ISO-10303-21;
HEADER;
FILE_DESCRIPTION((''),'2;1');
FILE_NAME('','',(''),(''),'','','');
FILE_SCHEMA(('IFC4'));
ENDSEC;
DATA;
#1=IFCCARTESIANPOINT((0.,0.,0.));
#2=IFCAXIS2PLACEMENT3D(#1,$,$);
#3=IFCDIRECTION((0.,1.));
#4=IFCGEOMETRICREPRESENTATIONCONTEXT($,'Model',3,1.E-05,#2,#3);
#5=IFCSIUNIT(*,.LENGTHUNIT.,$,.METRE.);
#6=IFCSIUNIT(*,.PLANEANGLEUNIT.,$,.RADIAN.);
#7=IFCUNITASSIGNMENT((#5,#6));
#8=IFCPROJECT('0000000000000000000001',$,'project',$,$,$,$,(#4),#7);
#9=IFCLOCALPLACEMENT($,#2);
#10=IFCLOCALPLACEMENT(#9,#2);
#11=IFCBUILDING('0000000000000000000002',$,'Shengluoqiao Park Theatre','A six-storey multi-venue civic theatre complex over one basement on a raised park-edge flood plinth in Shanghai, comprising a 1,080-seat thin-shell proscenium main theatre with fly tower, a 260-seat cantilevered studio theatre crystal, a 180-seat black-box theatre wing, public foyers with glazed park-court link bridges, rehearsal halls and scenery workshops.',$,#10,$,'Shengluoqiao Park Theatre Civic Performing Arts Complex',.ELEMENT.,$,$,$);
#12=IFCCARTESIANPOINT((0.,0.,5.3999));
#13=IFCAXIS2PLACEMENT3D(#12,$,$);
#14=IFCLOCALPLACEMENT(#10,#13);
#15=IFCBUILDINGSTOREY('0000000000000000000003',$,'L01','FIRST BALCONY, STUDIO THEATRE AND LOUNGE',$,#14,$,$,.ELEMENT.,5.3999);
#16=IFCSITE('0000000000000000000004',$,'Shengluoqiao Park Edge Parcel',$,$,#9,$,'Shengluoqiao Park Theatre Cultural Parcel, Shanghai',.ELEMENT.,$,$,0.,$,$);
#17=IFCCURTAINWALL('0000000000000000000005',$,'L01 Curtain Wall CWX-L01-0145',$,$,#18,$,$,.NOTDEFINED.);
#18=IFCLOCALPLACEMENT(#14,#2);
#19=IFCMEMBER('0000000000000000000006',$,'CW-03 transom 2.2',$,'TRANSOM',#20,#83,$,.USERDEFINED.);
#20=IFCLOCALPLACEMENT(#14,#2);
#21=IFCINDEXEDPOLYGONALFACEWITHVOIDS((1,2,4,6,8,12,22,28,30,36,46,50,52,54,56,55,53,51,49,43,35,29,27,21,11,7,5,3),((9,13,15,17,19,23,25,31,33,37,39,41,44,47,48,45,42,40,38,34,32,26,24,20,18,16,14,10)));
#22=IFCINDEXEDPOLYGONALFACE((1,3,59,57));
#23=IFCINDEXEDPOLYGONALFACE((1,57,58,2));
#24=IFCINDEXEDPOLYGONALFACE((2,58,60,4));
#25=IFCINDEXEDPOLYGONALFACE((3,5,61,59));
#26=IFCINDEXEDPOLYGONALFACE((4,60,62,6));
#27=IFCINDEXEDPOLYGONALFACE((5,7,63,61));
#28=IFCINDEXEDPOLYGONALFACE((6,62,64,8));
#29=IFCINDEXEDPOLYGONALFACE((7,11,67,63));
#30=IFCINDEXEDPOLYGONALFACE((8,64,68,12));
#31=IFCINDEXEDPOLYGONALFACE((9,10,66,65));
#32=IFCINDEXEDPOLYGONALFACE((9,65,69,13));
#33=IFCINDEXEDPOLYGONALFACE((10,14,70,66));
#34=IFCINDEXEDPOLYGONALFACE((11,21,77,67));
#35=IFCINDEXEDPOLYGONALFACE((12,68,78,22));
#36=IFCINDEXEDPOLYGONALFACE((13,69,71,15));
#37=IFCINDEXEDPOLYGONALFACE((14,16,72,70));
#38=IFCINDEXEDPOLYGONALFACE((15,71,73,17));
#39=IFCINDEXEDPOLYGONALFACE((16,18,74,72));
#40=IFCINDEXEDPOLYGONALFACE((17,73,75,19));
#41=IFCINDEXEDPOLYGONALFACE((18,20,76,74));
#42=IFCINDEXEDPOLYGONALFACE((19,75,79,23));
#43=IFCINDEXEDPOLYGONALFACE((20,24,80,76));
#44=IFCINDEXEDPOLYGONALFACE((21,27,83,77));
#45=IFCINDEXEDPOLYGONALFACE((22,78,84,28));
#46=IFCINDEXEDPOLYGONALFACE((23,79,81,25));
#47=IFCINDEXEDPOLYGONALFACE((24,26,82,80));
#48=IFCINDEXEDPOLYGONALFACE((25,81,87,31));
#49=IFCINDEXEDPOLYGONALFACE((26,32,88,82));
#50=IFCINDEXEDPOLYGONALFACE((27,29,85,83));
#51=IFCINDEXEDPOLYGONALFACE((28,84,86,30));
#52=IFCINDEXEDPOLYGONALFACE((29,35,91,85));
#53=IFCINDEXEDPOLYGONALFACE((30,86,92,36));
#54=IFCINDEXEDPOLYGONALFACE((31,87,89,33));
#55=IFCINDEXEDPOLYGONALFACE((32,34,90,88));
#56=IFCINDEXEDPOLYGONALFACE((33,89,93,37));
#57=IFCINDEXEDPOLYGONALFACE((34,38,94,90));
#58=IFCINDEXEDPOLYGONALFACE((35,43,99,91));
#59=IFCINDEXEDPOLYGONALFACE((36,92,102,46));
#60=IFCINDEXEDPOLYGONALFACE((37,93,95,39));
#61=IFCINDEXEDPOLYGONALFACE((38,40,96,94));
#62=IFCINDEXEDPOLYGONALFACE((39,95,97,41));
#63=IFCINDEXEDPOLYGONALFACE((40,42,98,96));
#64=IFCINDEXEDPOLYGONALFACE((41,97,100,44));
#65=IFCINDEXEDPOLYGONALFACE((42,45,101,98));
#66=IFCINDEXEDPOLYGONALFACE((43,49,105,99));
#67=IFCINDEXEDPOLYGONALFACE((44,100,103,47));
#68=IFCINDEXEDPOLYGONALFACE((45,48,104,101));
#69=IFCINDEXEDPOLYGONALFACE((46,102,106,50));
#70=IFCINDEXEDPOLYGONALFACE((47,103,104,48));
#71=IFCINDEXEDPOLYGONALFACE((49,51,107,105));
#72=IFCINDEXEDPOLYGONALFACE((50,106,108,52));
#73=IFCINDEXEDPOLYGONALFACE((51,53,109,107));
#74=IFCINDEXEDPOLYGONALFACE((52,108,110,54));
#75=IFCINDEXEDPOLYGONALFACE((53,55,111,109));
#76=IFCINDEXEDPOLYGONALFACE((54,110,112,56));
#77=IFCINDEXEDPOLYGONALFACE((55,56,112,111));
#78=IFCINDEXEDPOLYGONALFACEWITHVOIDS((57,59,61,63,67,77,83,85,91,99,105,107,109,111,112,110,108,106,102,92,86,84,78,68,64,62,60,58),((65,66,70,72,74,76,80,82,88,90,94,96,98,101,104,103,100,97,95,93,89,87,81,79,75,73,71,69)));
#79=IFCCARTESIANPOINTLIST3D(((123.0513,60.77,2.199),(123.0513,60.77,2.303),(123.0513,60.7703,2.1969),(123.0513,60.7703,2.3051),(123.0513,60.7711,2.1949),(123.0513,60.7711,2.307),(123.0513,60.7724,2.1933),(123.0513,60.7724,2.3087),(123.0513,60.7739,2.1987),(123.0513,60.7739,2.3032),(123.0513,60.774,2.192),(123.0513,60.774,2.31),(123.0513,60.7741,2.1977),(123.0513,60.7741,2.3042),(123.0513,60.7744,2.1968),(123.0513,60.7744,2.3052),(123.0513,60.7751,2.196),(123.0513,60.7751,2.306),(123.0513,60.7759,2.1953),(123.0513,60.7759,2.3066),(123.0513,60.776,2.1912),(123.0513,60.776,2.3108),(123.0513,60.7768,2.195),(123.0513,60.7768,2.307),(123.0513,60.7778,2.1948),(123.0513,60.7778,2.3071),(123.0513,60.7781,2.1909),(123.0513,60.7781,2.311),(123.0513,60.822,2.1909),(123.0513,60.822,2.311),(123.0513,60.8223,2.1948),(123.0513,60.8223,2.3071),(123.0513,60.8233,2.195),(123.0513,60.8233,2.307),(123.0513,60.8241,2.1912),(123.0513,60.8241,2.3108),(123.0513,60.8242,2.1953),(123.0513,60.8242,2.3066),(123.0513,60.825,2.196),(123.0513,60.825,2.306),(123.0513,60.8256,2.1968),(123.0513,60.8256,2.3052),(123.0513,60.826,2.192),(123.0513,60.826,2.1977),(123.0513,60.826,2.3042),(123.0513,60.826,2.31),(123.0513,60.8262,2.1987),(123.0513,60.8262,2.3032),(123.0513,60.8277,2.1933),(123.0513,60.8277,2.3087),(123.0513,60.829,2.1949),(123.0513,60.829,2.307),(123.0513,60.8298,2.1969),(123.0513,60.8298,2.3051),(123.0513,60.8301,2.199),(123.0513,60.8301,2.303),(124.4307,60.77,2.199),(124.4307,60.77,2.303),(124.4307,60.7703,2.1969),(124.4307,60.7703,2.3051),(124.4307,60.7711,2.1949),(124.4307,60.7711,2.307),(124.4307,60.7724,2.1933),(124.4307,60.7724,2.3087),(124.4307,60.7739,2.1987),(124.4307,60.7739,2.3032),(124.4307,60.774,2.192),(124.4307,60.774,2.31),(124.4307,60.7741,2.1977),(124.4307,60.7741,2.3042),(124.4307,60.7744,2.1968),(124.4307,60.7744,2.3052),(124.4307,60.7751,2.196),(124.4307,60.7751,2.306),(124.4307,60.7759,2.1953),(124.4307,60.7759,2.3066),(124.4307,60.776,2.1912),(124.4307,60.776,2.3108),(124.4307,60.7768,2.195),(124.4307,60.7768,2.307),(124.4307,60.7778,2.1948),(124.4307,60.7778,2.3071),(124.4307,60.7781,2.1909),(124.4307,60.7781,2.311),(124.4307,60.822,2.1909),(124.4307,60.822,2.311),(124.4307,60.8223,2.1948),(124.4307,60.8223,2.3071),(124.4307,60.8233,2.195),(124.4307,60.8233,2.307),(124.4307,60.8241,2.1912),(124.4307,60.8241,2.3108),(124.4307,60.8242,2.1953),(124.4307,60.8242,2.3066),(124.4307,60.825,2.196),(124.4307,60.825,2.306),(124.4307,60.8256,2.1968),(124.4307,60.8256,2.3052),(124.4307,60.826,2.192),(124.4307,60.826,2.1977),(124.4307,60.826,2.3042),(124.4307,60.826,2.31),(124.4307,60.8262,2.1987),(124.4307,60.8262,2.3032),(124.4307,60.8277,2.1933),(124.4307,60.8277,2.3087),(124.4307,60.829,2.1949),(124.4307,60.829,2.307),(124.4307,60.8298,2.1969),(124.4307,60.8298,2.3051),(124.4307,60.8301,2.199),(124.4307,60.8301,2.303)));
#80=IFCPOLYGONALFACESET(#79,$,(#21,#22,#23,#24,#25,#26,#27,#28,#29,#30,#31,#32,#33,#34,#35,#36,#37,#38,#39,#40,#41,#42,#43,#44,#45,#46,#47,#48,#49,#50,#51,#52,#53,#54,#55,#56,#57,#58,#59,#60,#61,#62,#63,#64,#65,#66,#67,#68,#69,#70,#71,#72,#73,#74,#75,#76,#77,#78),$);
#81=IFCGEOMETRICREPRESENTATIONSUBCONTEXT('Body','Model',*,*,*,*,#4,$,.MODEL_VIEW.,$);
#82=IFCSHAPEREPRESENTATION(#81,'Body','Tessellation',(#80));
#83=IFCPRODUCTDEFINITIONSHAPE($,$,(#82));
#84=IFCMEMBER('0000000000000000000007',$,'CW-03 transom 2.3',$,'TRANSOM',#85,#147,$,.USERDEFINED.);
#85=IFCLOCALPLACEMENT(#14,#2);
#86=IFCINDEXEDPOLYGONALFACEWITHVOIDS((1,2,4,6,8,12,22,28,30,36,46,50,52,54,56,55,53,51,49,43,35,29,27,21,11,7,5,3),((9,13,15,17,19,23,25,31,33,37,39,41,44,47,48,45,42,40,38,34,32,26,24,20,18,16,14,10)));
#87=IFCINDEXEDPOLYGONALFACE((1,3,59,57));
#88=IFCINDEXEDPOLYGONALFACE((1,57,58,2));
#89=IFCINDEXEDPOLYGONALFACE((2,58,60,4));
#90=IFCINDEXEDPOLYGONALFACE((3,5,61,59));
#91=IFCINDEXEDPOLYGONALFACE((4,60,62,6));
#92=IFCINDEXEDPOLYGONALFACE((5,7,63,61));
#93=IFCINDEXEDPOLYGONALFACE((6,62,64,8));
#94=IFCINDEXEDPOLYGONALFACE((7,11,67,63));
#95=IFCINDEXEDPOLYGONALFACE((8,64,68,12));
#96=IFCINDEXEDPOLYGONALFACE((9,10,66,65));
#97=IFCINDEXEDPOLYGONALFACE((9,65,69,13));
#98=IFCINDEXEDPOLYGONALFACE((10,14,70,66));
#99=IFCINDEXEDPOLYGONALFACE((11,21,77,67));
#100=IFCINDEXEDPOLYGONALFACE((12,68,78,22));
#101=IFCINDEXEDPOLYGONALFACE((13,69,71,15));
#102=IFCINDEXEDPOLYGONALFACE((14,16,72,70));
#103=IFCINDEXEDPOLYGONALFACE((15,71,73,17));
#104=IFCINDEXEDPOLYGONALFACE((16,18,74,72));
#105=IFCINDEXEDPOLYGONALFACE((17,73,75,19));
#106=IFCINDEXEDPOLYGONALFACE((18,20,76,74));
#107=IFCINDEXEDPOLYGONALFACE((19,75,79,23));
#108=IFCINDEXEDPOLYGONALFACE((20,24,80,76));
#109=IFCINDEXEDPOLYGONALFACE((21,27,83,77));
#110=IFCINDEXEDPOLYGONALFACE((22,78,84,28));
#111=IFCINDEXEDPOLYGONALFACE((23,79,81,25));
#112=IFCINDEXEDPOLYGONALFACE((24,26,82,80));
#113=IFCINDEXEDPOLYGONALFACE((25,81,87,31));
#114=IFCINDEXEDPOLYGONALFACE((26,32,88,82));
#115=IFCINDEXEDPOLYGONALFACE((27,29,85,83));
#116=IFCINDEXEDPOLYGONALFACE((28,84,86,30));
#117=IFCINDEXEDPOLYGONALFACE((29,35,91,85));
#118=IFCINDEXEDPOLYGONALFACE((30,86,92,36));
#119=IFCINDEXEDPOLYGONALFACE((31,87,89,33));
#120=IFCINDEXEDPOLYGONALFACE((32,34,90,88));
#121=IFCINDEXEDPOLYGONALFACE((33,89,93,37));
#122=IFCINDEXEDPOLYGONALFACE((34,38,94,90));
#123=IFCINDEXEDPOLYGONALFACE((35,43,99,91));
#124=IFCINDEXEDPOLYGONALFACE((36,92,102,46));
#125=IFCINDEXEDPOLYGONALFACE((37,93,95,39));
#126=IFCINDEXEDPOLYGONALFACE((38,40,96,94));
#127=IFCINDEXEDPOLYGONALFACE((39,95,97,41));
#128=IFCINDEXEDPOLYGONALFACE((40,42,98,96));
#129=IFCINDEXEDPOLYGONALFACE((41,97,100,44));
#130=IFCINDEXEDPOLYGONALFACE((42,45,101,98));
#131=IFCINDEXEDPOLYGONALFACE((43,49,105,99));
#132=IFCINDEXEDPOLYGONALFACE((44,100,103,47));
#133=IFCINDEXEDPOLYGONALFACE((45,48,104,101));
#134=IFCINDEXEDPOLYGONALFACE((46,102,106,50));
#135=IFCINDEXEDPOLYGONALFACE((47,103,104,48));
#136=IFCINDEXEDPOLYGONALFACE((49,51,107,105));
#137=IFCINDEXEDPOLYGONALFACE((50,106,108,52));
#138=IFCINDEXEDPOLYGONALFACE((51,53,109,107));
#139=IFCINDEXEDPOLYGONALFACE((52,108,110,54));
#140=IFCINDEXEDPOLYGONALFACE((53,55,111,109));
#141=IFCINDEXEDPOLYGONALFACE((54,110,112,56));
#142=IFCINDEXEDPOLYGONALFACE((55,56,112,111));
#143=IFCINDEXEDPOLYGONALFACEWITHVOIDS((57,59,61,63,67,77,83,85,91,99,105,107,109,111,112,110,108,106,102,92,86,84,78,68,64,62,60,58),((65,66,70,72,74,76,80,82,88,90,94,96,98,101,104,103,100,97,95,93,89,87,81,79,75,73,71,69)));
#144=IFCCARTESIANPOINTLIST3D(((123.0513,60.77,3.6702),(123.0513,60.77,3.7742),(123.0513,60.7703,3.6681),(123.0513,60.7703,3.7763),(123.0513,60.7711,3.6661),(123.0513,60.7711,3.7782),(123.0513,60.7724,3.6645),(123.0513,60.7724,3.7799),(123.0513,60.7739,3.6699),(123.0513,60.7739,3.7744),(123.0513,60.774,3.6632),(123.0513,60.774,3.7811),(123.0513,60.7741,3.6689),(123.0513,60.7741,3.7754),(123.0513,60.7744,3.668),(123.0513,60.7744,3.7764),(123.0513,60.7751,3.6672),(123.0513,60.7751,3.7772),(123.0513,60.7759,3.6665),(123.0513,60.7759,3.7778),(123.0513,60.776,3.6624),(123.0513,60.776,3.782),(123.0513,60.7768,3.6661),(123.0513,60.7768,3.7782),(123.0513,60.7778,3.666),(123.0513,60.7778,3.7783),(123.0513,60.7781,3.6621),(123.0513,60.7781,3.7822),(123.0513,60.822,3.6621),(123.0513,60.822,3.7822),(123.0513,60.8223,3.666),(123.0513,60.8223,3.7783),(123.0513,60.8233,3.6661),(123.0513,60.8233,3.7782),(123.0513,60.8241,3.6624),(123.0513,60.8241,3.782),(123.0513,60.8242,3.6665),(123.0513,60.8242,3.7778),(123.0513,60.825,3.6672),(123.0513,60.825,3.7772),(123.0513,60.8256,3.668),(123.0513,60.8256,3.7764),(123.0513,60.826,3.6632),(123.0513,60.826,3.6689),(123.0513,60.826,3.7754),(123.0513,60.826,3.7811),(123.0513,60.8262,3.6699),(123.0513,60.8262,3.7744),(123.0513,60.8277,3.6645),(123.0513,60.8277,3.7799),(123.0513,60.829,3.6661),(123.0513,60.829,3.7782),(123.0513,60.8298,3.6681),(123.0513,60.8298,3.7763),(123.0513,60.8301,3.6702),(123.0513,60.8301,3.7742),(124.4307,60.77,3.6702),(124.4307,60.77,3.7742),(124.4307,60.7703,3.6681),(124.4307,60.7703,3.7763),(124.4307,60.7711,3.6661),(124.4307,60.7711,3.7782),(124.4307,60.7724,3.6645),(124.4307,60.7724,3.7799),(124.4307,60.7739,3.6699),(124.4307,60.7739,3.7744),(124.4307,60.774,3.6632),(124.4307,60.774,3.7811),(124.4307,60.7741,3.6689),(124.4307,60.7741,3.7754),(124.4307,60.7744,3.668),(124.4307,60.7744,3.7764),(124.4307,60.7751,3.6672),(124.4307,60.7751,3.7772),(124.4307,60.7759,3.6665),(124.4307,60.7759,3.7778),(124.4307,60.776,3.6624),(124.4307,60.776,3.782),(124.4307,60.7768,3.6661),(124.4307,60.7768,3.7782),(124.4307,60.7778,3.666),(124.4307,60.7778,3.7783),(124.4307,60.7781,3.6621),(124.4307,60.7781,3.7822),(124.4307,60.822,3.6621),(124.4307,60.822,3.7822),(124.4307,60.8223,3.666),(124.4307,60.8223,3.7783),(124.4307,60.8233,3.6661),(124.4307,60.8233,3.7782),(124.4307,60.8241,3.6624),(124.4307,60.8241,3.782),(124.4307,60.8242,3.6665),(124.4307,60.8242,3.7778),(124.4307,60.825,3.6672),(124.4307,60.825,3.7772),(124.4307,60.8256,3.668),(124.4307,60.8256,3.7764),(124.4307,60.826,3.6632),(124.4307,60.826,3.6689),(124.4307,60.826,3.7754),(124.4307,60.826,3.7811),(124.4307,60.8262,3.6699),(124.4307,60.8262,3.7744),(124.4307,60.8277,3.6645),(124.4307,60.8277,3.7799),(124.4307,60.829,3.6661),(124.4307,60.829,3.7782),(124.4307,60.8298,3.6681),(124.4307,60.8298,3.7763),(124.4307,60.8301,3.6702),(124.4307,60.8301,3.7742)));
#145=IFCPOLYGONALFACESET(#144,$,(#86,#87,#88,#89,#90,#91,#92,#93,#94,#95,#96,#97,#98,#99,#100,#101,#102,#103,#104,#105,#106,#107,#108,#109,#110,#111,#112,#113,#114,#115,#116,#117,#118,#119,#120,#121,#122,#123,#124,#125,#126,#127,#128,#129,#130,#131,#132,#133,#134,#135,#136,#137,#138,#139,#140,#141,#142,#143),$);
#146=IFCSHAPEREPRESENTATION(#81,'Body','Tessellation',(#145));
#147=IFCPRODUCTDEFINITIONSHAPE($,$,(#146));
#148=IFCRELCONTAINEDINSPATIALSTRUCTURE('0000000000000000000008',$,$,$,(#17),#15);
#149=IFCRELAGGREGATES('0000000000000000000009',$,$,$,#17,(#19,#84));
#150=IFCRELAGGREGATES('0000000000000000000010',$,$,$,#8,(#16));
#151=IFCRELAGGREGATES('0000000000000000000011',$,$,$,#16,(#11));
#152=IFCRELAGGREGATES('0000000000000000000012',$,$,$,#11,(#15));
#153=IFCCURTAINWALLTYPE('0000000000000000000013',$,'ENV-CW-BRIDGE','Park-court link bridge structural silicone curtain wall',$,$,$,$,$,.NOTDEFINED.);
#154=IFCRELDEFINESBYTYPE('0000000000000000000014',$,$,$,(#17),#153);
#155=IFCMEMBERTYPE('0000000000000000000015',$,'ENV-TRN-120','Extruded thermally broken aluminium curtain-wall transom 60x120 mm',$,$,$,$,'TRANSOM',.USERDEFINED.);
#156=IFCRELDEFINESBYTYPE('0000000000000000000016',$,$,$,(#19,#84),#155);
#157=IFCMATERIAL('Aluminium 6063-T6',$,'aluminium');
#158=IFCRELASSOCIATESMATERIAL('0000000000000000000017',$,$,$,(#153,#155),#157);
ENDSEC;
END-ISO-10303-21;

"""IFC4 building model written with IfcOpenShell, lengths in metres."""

from ifc_helpers import new_model, si_unit, direction, frame, origin, origin_2d, place, context, subcontext, project, spatial, hollow_rectangle, extrude, material, material_profile, profile_set, type_object, element, aggregate, save


model = new_model("IFC4")

# Units and contexts
model_context = context("Model", 3, precision=1e-05, world=origin(), true_north=direction((0.0, 1.0)))
body_context = subcontext(model_context, "Body", "Model", "MODEL_VIEW")
ifc_project = project(units=[si_unit("LENGTHUNIT", "METRE"), si_unit("PLANEANGLEUNIT", "RADIAN")], contexts=[model_context])

# Site, building, storey
site_placement = place(None, origin())
site = spatial("IfcSite", under=ifc_project, at=site_placement, Name="Shengluoqiao Park Edge Parcel", LongName="Shengluoqiao Park Theatre Cultural Parcel, Shanghai", CompositionType="ELEMENT", RefElevation=0.0)
building_placement = place(site_placement, origin())
building = spatial("IfcBuilding", under=site, at=building_placement, Name="Shengluoqiao Park Theatre", Description="A six-storey multi-venue civic theatre complex over one basement on a raised park-edge flood plinth in Shanghai, comprising a 1,080-seat thin-shell proscenium main theatre with fly tower, a 260-seat cantilevered studio theatre crystal, a 180-seat black-box theatre wing, public foyers with glazed park-court link bridges, rehearsal halls and scenery workshops.", LongName="Shengluoqiao Park Theatre Civic Performing Arts Complex", CompositionType="ELEMENT")
storey_placement = place(building_placement, frame((0.0, 0.0, 5.3999)))
storey = spatial("IfcBuildingStorey", under=building, at=storey_placement, Name="L01", Description="FIRST BALCONY, STUDIO THEATRE AND LOUNGE", CompositionType="ELEMENT", Elevation=5.3999)

# Curtain wall, members
ifc_material_1 = material(Name="Aluminium 6063-T6", Category="aluminium")
curtain_wall_type = type_object("IfcCurtainWallType", Name="ENV-CW-BRIDGE", Description="Park-court link bridge structural silicone curtain wall", PredefinedType="NOTDEFINED", material=ifc_material_1)
curtain_wall_placement = place(storey_placement, origin())
curtain_wall = element("IfcCurtainWall", 1, at=curtain_wall_placement, inside=storey, type_object=curtain_wall_type, Name="L01 Curtain Wall CWX-L01-0145", PredefinedType="NOTDEFINED")
ifc_material_profile_1 = material_profile(ifc_material_1, hollow_rectangle(XDim=0.0601, YDim=0.1201, WallThickness=0.0039, InnerFilletRadius=0.0039, OuterFilletRadius=0.0081, at=origin_2d()), Name="ALU TRANSOM 120x60x4")
ifc_profile_set_1 = profile_set([ifc_material_profile_1], Name="Aluminium 6063-T6")
member_type_1 = type_object("IfcMemberType", Name="ENV-TRN-120", Description="Extruded thermally broken aluminium curtain-wall transom 60x120 mm", ElementType="TRANSOM", PredefinedType="USERDEFINED", material=ifc_profile_set_1)
member_1_placement = place(storey_placement, frame((123.0513, 60.8, 2.251), z_axis=(1.0, 0.0, 0.0), x_axis=(0.0, 1.0, 0.0)))
member_1 = element("IfcMember", 2, at=member_1_placement, type_object=member_type_1, Name="CW-03 transom 2.2", ObjectType="TRANSOM", PredefinedType="USERDEFINED", context=body_context, shape_type="SweptSolid", body=[
    extrude(hollow_rectangle(XDim=0.0601, YDim=0.1201, WallThickness=0.0039, InnerFilletRadius=0.0039, OuterFilletRadius=0.0081, at=origin_2d()), origin(), (0.0, 0.0, 1.0), 1.3794),
])
member_2_placement = place(storey_placement, frame((123.0513, 60.8, 3.7222), z_axis=(1.0, 0.0, 0.0), x_axis=(0.0, 1.0, 0.0)))
member_2 = element("IfcMember", 3, at=member_2_placement, type_object=member_type_1, Name="CW-03 transom 2.3", ObjectType="TRANSOM", PredefinedType="USERDEFINED", context=body_context, shape_type="SweptSolid", body=[
    extrude(hollow_rectangle(XDim=0.0601, YDim=0.1201, WallThickness=0.0039, InnerFilletRadius=0.0039, OuterFilletRadius=0.0081, at=origin_2d()), origin(), (0.0, 0.0, 1.0), 1.3794),
])

aggregate(curtain_wall, [member_1, member_2])

save(model, "model.ifc")
